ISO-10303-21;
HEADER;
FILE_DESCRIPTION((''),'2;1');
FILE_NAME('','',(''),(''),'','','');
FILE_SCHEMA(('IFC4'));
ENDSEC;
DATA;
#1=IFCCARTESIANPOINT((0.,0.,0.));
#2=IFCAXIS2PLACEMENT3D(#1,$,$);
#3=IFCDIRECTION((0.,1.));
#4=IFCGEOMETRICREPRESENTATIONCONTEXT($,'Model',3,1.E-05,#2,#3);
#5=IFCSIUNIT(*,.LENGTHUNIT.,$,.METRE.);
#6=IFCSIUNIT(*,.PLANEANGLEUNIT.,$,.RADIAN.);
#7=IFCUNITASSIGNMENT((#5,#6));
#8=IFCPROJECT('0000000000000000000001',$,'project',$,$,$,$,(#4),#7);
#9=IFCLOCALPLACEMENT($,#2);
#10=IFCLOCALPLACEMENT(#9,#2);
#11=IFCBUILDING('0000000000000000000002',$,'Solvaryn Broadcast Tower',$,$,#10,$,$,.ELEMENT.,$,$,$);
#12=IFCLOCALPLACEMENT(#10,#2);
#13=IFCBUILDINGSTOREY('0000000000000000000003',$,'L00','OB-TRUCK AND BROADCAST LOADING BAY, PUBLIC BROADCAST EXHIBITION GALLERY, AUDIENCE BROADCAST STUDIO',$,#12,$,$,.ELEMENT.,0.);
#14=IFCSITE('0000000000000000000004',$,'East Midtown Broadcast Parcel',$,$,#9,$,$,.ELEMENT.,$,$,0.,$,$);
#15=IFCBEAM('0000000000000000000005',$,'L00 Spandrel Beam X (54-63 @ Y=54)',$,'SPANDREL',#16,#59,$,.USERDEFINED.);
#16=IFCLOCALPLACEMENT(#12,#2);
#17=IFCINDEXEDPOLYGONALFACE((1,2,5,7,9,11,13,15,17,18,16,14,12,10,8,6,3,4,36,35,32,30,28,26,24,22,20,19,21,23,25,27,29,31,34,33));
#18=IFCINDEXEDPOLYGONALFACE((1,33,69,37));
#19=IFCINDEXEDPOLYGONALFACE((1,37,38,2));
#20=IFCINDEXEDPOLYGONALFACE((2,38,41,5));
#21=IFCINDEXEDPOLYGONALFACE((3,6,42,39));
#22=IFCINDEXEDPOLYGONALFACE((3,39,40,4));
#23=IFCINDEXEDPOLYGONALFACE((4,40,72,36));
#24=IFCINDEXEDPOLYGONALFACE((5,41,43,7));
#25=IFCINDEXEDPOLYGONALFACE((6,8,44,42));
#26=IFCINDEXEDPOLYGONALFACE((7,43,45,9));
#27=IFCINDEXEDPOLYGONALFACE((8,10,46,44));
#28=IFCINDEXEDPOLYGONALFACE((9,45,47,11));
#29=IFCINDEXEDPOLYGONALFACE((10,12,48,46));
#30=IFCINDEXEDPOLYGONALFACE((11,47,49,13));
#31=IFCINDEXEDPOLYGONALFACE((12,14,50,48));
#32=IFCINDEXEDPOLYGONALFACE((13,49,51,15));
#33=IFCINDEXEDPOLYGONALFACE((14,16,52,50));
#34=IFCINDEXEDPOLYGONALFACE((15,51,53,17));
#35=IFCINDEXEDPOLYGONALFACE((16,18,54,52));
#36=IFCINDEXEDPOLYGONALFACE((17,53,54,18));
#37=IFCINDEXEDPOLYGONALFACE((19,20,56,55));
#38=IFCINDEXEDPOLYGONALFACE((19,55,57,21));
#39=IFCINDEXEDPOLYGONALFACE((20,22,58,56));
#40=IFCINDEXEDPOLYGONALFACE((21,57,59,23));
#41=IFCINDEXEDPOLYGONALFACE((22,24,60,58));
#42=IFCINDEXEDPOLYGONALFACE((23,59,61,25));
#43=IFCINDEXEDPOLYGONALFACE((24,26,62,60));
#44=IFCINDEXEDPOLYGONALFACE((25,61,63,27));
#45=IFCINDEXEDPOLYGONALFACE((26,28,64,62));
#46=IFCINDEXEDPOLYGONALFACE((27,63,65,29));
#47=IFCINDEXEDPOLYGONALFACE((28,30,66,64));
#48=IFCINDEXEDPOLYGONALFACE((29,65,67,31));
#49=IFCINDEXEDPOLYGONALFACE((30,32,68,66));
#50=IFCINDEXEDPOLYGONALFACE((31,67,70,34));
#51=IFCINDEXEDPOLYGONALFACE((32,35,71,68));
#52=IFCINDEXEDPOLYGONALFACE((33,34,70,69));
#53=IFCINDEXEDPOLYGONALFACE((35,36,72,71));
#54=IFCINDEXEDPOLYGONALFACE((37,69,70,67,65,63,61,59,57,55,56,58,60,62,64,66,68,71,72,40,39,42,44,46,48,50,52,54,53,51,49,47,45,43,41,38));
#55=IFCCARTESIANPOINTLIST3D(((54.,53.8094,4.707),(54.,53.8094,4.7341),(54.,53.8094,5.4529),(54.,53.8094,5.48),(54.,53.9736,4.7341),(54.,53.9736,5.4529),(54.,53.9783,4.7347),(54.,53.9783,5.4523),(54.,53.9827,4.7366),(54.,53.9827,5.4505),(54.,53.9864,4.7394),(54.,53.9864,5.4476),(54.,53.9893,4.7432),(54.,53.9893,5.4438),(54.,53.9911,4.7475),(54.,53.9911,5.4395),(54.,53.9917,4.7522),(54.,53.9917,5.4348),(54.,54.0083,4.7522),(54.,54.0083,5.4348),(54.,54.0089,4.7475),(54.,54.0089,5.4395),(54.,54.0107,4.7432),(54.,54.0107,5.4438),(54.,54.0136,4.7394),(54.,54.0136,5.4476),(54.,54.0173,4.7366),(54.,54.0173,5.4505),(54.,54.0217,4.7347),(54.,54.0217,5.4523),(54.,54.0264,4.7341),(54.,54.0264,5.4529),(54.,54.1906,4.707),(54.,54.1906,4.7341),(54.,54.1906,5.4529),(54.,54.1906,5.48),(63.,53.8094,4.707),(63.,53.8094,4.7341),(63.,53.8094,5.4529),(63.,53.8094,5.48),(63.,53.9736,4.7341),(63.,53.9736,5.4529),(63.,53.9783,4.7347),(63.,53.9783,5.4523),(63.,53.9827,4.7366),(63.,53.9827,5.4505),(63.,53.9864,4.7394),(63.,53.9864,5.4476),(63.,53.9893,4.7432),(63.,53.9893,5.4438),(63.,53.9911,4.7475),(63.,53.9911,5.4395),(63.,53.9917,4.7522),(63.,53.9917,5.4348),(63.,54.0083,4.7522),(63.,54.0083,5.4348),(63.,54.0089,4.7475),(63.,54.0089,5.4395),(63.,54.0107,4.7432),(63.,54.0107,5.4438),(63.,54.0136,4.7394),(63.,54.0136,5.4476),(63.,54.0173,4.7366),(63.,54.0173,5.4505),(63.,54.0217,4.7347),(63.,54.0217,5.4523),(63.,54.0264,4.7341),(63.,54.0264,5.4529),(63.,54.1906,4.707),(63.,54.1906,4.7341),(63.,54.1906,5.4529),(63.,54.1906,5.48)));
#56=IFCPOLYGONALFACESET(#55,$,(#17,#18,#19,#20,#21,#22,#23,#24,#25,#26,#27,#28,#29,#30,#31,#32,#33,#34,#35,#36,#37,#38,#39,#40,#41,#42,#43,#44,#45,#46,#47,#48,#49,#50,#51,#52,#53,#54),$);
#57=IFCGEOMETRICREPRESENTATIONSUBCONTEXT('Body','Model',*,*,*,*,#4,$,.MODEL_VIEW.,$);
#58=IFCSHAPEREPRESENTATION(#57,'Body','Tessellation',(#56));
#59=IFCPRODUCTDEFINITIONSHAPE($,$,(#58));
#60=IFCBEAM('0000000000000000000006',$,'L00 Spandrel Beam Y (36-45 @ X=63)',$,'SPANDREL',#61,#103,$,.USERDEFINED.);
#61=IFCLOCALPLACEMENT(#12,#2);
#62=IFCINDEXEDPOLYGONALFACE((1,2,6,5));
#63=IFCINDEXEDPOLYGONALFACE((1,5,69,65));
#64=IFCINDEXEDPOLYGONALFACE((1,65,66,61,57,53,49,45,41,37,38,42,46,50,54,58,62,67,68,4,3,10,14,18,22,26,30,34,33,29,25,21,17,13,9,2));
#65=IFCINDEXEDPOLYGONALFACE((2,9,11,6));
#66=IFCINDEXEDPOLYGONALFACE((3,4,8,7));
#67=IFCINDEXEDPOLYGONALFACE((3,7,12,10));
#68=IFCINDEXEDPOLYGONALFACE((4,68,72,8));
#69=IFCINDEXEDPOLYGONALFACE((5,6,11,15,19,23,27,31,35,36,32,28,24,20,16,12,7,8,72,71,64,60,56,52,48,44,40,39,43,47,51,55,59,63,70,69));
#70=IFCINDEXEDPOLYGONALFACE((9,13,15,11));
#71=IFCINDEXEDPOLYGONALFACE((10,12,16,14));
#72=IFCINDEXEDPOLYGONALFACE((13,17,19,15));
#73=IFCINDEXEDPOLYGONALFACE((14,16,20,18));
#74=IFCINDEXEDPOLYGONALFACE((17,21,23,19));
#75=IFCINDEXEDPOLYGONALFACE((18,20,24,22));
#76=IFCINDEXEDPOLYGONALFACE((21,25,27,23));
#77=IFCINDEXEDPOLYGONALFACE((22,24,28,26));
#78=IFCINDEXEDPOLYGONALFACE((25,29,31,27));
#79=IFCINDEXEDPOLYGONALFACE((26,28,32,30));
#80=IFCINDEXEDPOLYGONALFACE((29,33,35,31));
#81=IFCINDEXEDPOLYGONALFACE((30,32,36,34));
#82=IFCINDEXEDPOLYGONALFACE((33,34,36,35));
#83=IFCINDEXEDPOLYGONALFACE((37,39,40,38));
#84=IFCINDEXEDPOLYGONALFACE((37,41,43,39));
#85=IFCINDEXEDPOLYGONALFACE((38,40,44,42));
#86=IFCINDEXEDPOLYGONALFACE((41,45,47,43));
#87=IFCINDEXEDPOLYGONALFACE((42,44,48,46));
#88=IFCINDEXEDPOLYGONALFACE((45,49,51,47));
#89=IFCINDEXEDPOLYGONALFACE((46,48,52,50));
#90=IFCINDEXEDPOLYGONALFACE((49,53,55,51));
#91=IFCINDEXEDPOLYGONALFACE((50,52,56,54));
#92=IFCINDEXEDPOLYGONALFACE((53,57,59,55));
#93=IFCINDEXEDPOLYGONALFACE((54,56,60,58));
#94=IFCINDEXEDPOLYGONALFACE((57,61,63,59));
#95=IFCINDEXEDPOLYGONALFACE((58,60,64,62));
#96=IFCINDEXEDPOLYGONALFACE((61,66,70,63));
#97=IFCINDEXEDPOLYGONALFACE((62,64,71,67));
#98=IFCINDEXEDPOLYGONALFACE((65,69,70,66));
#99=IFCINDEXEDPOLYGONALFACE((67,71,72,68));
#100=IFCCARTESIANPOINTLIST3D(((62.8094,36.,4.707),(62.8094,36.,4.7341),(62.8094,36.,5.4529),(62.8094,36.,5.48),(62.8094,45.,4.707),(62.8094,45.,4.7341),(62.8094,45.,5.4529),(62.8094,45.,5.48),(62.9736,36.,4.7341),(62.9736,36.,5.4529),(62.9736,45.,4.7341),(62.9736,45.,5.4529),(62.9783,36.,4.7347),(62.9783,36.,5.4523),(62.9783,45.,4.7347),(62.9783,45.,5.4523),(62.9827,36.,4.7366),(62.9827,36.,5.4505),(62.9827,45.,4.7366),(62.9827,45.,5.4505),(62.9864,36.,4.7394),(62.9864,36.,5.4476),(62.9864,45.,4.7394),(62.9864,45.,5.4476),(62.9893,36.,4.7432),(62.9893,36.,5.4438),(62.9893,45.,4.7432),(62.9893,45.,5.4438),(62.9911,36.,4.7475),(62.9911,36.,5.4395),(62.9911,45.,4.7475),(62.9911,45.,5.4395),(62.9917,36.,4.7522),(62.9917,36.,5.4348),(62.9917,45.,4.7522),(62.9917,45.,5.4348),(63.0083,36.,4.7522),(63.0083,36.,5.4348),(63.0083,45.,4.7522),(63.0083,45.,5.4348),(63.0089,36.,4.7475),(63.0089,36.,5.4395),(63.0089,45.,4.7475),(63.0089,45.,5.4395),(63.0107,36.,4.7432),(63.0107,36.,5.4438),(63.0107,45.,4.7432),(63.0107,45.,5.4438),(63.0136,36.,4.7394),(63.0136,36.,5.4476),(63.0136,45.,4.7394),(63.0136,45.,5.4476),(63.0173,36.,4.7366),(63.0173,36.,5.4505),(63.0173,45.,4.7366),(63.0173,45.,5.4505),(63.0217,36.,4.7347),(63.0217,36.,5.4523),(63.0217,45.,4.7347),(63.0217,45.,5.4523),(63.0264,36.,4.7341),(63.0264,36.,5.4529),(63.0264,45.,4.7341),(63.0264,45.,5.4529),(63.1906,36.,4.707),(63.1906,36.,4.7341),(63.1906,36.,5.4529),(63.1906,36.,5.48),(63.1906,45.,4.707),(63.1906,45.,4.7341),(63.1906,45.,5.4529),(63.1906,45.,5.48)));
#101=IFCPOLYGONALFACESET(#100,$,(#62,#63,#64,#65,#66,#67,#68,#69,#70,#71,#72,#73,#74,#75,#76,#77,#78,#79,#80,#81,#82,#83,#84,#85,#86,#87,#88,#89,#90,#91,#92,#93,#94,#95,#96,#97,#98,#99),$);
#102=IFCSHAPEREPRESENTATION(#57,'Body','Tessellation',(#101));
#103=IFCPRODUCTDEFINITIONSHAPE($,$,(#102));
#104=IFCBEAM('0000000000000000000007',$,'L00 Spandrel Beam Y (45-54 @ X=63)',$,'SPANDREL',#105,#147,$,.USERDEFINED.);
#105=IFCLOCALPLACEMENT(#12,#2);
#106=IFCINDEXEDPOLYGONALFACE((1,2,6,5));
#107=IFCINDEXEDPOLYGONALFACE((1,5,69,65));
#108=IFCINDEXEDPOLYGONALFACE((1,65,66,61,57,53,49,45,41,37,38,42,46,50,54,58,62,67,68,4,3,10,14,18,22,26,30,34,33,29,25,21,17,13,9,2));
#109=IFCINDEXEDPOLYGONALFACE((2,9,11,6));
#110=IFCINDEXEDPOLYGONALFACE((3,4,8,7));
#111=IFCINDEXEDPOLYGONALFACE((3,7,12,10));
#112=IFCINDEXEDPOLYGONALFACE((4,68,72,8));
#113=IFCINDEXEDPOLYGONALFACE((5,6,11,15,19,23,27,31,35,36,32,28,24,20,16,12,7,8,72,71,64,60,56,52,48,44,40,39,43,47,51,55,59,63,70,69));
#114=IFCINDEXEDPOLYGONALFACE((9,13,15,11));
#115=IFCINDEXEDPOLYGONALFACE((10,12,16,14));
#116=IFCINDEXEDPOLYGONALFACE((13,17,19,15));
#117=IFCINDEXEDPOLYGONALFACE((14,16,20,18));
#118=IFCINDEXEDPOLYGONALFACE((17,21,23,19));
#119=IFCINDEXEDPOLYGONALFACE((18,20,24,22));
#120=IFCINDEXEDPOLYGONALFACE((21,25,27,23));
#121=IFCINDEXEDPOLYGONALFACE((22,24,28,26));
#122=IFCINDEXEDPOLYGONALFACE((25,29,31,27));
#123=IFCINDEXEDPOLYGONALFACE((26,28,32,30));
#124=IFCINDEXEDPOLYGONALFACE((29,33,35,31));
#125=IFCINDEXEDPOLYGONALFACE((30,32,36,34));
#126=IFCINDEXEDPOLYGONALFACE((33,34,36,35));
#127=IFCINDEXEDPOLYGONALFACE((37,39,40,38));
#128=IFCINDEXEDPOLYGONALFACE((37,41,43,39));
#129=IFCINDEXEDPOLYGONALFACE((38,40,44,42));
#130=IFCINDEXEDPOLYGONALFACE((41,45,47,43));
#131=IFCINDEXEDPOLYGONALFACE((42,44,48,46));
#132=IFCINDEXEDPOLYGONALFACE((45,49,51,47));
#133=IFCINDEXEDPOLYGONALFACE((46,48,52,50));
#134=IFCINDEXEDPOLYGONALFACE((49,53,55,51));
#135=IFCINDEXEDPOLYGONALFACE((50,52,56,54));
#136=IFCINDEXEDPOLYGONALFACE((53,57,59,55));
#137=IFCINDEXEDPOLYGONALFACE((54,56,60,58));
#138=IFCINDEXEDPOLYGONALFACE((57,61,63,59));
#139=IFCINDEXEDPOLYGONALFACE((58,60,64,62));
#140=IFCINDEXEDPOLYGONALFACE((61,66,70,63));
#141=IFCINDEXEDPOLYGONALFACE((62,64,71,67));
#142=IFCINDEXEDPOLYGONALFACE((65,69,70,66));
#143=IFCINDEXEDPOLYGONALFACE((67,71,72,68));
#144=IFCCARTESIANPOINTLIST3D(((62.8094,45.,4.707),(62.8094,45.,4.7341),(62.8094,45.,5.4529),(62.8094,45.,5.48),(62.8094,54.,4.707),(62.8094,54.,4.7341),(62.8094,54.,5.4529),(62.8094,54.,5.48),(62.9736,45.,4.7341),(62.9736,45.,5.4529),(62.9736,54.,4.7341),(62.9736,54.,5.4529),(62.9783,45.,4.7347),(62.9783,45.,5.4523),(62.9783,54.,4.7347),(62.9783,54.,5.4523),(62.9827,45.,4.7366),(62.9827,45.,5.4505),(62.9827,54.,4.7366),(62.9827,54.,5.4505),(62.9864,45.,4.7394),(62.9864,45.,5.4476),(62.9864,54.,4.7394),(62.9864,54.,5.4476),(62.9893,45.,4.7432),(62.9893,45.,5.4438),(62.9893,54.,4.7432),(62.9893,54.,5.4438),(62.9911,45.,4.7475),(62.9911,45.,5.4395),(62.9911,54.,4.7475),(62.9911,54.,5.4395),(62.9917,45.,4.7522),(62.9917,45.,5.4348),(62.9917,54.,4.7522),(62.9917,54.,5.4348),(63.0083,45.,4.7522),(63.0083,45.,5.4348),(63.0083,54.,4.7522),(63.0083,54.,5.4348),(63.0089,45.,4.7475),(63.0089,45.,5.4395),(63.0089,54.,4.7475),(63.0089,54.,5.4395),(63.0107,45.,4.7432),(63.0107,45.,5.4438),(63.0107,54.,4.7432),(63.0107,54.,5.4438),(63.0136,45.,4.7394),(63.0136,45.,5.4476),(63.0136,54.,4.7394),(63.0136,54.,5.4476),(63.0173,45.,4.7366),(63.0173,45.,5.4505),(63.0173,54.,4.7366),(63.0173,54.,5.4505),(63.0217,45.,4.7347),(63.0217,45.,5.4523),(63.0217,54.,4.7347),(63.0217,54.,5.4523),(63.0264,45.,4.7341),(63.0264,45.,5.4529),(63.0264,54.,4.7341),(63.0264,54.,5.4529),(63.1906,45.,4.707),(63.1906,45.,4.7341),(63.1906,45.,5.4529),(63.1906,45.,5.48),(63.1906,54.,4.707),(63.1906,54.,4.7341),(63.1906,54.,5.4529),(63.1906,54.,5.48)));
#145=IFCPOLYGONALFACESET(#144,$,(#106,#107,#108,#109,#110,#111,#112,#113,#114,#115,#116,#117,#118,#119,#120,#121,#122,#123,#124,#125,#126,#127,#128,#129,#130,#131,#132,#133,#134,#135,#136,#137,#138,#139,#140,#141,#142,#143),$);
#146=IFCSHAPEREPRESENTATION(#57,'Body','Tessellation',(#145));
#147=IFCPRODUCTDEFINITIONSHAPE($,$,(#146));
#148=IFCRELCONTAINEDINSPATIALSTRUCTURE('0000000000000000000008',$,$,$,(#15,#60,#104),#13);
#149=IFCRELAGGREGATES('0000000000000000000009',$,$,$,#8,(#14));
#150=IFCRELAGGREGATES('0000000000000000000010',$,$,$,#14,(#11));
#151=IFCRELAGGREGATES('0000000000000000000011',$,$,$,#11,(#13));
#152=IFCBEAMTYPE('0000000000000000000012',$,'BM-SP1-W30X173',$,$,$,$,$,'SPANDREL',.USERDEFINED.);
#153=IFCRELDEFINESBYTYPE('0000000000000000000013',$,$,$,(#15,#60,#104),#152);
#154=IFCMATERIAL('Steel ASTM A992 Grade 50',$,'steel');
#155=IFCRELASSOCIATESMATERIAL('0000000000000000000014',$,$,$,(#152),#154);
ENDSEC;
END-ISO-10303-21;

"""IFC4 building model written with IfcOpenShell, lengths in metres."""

from ifc_helpers import new_model, si_unit, direction, frame, origin, origin_2d, place, context, subcontext, project, spatial, i_section, extrude, material, material_profile, profile_set, type_object, element, save


model = new_model("IFC4")

# Units and contexts
model_context = context("Model", 3, precision=1e-05, world=origin(), true_north=direction((0.0, 1.0)))
body_context = subcontext(model_context, "Body", "Model", "MODEL_VIEW")
ifc_project = project(units=[si_unit("LENGTHUNIT", "METRE"), si_unit("PLANEANGLEUNIT", "RADIAN")], contexts=[model_context])

# Site, building, storey
site_placement = place(None, origin())
site = spatial("IfcSite", under=ifc_project, at=site_placement, Name="East Midtown Broadcast Parcel", CompositionType="ELEMENT", RefElevation=0.0)
building_placement = place(site_placement, origin())
building = spatial("IfcBuilding", under=site, at=building_placement, Name="Solvaryn Broadcast Tower", CompositionType="ELEMENT")
storey_placement = place(building_placement, origin())
storey = spatial("IfcBuildingStorey", under=building, at=storey_placement, Name="L00", Description="OB-TRUCK AND BROADCAST LOADING BAY, PUBLIC BROADCAST EXHIBITION GALLERY, AUDIENCE BROADCAST STUDIO", CompositionType="ELEMENT", Elevation=0.0)

# Beams
ifc_material_1 = material(Name="Steel ASTM A992 Grade 50", Category="steel")
ifc_material_profile_1 = material_profile(ifc_material_1, i_section(OverallWidth=0.3811, OverallDepth=0.7729, WebThickness=0.0166, FlangeThickness=0.0271, FilletRadius=0.0181, at=origin_2d()))
ifc_profile_set_1 = profile_set([ifc_material_profile_1], Name="Steel ASTM A992 Grade 50")
beam_type_1 = type_object("IfcBeamType", Name="BM-SP1-W30X173", ElementType="SPANDREL", PredefinedType="USERDEFINED", material=ifc_profile_set_1)
for number, where, z_axis, x_axis, name in (
    (1, (54.0, 54.0, 5.0935), (1.0, 0.0, 0.0), (0.0, 1.0, 0.0), "L00 Spandrel Beam X (54-63 @ Y=54)"),
    (2, (63.0, 36.0, 5.0935), (0.0, 1.0, 0.0), (-1.0, 0.0, 0.0), "L00 Spandrel Beam Y (36-45 @ X=63)"),
    (3, (63.0, 45.0, 5.0935), (0.0, 1.0, 0.0), (-1.0, 0.0, 0.0), "L00 Spandrel Beam Y (45-54 @ X=63)"),
):
    element("IfcBeam", number, at=place(storey_placement, frame(where, z_axis=z_axis, x_axis=x_axis)), inside=storey, type_object=beam_type_1, Name=name, ObjectType="SPANDREL", PredefinedType="USERDEFINED", context=body_context, shape_type="SweptSolid", body=[
        extrude(i_section(OverallWidth=0.3811, OverallDepth=0.7729, WebThickness=0.0166, FlangeThickness=0.0271, FilletRadius=0.0181, at=origin_2d()), origin(), (0.0, 0.0, 1.0), 9.0),
    ])

save(model, "model.ifc")
